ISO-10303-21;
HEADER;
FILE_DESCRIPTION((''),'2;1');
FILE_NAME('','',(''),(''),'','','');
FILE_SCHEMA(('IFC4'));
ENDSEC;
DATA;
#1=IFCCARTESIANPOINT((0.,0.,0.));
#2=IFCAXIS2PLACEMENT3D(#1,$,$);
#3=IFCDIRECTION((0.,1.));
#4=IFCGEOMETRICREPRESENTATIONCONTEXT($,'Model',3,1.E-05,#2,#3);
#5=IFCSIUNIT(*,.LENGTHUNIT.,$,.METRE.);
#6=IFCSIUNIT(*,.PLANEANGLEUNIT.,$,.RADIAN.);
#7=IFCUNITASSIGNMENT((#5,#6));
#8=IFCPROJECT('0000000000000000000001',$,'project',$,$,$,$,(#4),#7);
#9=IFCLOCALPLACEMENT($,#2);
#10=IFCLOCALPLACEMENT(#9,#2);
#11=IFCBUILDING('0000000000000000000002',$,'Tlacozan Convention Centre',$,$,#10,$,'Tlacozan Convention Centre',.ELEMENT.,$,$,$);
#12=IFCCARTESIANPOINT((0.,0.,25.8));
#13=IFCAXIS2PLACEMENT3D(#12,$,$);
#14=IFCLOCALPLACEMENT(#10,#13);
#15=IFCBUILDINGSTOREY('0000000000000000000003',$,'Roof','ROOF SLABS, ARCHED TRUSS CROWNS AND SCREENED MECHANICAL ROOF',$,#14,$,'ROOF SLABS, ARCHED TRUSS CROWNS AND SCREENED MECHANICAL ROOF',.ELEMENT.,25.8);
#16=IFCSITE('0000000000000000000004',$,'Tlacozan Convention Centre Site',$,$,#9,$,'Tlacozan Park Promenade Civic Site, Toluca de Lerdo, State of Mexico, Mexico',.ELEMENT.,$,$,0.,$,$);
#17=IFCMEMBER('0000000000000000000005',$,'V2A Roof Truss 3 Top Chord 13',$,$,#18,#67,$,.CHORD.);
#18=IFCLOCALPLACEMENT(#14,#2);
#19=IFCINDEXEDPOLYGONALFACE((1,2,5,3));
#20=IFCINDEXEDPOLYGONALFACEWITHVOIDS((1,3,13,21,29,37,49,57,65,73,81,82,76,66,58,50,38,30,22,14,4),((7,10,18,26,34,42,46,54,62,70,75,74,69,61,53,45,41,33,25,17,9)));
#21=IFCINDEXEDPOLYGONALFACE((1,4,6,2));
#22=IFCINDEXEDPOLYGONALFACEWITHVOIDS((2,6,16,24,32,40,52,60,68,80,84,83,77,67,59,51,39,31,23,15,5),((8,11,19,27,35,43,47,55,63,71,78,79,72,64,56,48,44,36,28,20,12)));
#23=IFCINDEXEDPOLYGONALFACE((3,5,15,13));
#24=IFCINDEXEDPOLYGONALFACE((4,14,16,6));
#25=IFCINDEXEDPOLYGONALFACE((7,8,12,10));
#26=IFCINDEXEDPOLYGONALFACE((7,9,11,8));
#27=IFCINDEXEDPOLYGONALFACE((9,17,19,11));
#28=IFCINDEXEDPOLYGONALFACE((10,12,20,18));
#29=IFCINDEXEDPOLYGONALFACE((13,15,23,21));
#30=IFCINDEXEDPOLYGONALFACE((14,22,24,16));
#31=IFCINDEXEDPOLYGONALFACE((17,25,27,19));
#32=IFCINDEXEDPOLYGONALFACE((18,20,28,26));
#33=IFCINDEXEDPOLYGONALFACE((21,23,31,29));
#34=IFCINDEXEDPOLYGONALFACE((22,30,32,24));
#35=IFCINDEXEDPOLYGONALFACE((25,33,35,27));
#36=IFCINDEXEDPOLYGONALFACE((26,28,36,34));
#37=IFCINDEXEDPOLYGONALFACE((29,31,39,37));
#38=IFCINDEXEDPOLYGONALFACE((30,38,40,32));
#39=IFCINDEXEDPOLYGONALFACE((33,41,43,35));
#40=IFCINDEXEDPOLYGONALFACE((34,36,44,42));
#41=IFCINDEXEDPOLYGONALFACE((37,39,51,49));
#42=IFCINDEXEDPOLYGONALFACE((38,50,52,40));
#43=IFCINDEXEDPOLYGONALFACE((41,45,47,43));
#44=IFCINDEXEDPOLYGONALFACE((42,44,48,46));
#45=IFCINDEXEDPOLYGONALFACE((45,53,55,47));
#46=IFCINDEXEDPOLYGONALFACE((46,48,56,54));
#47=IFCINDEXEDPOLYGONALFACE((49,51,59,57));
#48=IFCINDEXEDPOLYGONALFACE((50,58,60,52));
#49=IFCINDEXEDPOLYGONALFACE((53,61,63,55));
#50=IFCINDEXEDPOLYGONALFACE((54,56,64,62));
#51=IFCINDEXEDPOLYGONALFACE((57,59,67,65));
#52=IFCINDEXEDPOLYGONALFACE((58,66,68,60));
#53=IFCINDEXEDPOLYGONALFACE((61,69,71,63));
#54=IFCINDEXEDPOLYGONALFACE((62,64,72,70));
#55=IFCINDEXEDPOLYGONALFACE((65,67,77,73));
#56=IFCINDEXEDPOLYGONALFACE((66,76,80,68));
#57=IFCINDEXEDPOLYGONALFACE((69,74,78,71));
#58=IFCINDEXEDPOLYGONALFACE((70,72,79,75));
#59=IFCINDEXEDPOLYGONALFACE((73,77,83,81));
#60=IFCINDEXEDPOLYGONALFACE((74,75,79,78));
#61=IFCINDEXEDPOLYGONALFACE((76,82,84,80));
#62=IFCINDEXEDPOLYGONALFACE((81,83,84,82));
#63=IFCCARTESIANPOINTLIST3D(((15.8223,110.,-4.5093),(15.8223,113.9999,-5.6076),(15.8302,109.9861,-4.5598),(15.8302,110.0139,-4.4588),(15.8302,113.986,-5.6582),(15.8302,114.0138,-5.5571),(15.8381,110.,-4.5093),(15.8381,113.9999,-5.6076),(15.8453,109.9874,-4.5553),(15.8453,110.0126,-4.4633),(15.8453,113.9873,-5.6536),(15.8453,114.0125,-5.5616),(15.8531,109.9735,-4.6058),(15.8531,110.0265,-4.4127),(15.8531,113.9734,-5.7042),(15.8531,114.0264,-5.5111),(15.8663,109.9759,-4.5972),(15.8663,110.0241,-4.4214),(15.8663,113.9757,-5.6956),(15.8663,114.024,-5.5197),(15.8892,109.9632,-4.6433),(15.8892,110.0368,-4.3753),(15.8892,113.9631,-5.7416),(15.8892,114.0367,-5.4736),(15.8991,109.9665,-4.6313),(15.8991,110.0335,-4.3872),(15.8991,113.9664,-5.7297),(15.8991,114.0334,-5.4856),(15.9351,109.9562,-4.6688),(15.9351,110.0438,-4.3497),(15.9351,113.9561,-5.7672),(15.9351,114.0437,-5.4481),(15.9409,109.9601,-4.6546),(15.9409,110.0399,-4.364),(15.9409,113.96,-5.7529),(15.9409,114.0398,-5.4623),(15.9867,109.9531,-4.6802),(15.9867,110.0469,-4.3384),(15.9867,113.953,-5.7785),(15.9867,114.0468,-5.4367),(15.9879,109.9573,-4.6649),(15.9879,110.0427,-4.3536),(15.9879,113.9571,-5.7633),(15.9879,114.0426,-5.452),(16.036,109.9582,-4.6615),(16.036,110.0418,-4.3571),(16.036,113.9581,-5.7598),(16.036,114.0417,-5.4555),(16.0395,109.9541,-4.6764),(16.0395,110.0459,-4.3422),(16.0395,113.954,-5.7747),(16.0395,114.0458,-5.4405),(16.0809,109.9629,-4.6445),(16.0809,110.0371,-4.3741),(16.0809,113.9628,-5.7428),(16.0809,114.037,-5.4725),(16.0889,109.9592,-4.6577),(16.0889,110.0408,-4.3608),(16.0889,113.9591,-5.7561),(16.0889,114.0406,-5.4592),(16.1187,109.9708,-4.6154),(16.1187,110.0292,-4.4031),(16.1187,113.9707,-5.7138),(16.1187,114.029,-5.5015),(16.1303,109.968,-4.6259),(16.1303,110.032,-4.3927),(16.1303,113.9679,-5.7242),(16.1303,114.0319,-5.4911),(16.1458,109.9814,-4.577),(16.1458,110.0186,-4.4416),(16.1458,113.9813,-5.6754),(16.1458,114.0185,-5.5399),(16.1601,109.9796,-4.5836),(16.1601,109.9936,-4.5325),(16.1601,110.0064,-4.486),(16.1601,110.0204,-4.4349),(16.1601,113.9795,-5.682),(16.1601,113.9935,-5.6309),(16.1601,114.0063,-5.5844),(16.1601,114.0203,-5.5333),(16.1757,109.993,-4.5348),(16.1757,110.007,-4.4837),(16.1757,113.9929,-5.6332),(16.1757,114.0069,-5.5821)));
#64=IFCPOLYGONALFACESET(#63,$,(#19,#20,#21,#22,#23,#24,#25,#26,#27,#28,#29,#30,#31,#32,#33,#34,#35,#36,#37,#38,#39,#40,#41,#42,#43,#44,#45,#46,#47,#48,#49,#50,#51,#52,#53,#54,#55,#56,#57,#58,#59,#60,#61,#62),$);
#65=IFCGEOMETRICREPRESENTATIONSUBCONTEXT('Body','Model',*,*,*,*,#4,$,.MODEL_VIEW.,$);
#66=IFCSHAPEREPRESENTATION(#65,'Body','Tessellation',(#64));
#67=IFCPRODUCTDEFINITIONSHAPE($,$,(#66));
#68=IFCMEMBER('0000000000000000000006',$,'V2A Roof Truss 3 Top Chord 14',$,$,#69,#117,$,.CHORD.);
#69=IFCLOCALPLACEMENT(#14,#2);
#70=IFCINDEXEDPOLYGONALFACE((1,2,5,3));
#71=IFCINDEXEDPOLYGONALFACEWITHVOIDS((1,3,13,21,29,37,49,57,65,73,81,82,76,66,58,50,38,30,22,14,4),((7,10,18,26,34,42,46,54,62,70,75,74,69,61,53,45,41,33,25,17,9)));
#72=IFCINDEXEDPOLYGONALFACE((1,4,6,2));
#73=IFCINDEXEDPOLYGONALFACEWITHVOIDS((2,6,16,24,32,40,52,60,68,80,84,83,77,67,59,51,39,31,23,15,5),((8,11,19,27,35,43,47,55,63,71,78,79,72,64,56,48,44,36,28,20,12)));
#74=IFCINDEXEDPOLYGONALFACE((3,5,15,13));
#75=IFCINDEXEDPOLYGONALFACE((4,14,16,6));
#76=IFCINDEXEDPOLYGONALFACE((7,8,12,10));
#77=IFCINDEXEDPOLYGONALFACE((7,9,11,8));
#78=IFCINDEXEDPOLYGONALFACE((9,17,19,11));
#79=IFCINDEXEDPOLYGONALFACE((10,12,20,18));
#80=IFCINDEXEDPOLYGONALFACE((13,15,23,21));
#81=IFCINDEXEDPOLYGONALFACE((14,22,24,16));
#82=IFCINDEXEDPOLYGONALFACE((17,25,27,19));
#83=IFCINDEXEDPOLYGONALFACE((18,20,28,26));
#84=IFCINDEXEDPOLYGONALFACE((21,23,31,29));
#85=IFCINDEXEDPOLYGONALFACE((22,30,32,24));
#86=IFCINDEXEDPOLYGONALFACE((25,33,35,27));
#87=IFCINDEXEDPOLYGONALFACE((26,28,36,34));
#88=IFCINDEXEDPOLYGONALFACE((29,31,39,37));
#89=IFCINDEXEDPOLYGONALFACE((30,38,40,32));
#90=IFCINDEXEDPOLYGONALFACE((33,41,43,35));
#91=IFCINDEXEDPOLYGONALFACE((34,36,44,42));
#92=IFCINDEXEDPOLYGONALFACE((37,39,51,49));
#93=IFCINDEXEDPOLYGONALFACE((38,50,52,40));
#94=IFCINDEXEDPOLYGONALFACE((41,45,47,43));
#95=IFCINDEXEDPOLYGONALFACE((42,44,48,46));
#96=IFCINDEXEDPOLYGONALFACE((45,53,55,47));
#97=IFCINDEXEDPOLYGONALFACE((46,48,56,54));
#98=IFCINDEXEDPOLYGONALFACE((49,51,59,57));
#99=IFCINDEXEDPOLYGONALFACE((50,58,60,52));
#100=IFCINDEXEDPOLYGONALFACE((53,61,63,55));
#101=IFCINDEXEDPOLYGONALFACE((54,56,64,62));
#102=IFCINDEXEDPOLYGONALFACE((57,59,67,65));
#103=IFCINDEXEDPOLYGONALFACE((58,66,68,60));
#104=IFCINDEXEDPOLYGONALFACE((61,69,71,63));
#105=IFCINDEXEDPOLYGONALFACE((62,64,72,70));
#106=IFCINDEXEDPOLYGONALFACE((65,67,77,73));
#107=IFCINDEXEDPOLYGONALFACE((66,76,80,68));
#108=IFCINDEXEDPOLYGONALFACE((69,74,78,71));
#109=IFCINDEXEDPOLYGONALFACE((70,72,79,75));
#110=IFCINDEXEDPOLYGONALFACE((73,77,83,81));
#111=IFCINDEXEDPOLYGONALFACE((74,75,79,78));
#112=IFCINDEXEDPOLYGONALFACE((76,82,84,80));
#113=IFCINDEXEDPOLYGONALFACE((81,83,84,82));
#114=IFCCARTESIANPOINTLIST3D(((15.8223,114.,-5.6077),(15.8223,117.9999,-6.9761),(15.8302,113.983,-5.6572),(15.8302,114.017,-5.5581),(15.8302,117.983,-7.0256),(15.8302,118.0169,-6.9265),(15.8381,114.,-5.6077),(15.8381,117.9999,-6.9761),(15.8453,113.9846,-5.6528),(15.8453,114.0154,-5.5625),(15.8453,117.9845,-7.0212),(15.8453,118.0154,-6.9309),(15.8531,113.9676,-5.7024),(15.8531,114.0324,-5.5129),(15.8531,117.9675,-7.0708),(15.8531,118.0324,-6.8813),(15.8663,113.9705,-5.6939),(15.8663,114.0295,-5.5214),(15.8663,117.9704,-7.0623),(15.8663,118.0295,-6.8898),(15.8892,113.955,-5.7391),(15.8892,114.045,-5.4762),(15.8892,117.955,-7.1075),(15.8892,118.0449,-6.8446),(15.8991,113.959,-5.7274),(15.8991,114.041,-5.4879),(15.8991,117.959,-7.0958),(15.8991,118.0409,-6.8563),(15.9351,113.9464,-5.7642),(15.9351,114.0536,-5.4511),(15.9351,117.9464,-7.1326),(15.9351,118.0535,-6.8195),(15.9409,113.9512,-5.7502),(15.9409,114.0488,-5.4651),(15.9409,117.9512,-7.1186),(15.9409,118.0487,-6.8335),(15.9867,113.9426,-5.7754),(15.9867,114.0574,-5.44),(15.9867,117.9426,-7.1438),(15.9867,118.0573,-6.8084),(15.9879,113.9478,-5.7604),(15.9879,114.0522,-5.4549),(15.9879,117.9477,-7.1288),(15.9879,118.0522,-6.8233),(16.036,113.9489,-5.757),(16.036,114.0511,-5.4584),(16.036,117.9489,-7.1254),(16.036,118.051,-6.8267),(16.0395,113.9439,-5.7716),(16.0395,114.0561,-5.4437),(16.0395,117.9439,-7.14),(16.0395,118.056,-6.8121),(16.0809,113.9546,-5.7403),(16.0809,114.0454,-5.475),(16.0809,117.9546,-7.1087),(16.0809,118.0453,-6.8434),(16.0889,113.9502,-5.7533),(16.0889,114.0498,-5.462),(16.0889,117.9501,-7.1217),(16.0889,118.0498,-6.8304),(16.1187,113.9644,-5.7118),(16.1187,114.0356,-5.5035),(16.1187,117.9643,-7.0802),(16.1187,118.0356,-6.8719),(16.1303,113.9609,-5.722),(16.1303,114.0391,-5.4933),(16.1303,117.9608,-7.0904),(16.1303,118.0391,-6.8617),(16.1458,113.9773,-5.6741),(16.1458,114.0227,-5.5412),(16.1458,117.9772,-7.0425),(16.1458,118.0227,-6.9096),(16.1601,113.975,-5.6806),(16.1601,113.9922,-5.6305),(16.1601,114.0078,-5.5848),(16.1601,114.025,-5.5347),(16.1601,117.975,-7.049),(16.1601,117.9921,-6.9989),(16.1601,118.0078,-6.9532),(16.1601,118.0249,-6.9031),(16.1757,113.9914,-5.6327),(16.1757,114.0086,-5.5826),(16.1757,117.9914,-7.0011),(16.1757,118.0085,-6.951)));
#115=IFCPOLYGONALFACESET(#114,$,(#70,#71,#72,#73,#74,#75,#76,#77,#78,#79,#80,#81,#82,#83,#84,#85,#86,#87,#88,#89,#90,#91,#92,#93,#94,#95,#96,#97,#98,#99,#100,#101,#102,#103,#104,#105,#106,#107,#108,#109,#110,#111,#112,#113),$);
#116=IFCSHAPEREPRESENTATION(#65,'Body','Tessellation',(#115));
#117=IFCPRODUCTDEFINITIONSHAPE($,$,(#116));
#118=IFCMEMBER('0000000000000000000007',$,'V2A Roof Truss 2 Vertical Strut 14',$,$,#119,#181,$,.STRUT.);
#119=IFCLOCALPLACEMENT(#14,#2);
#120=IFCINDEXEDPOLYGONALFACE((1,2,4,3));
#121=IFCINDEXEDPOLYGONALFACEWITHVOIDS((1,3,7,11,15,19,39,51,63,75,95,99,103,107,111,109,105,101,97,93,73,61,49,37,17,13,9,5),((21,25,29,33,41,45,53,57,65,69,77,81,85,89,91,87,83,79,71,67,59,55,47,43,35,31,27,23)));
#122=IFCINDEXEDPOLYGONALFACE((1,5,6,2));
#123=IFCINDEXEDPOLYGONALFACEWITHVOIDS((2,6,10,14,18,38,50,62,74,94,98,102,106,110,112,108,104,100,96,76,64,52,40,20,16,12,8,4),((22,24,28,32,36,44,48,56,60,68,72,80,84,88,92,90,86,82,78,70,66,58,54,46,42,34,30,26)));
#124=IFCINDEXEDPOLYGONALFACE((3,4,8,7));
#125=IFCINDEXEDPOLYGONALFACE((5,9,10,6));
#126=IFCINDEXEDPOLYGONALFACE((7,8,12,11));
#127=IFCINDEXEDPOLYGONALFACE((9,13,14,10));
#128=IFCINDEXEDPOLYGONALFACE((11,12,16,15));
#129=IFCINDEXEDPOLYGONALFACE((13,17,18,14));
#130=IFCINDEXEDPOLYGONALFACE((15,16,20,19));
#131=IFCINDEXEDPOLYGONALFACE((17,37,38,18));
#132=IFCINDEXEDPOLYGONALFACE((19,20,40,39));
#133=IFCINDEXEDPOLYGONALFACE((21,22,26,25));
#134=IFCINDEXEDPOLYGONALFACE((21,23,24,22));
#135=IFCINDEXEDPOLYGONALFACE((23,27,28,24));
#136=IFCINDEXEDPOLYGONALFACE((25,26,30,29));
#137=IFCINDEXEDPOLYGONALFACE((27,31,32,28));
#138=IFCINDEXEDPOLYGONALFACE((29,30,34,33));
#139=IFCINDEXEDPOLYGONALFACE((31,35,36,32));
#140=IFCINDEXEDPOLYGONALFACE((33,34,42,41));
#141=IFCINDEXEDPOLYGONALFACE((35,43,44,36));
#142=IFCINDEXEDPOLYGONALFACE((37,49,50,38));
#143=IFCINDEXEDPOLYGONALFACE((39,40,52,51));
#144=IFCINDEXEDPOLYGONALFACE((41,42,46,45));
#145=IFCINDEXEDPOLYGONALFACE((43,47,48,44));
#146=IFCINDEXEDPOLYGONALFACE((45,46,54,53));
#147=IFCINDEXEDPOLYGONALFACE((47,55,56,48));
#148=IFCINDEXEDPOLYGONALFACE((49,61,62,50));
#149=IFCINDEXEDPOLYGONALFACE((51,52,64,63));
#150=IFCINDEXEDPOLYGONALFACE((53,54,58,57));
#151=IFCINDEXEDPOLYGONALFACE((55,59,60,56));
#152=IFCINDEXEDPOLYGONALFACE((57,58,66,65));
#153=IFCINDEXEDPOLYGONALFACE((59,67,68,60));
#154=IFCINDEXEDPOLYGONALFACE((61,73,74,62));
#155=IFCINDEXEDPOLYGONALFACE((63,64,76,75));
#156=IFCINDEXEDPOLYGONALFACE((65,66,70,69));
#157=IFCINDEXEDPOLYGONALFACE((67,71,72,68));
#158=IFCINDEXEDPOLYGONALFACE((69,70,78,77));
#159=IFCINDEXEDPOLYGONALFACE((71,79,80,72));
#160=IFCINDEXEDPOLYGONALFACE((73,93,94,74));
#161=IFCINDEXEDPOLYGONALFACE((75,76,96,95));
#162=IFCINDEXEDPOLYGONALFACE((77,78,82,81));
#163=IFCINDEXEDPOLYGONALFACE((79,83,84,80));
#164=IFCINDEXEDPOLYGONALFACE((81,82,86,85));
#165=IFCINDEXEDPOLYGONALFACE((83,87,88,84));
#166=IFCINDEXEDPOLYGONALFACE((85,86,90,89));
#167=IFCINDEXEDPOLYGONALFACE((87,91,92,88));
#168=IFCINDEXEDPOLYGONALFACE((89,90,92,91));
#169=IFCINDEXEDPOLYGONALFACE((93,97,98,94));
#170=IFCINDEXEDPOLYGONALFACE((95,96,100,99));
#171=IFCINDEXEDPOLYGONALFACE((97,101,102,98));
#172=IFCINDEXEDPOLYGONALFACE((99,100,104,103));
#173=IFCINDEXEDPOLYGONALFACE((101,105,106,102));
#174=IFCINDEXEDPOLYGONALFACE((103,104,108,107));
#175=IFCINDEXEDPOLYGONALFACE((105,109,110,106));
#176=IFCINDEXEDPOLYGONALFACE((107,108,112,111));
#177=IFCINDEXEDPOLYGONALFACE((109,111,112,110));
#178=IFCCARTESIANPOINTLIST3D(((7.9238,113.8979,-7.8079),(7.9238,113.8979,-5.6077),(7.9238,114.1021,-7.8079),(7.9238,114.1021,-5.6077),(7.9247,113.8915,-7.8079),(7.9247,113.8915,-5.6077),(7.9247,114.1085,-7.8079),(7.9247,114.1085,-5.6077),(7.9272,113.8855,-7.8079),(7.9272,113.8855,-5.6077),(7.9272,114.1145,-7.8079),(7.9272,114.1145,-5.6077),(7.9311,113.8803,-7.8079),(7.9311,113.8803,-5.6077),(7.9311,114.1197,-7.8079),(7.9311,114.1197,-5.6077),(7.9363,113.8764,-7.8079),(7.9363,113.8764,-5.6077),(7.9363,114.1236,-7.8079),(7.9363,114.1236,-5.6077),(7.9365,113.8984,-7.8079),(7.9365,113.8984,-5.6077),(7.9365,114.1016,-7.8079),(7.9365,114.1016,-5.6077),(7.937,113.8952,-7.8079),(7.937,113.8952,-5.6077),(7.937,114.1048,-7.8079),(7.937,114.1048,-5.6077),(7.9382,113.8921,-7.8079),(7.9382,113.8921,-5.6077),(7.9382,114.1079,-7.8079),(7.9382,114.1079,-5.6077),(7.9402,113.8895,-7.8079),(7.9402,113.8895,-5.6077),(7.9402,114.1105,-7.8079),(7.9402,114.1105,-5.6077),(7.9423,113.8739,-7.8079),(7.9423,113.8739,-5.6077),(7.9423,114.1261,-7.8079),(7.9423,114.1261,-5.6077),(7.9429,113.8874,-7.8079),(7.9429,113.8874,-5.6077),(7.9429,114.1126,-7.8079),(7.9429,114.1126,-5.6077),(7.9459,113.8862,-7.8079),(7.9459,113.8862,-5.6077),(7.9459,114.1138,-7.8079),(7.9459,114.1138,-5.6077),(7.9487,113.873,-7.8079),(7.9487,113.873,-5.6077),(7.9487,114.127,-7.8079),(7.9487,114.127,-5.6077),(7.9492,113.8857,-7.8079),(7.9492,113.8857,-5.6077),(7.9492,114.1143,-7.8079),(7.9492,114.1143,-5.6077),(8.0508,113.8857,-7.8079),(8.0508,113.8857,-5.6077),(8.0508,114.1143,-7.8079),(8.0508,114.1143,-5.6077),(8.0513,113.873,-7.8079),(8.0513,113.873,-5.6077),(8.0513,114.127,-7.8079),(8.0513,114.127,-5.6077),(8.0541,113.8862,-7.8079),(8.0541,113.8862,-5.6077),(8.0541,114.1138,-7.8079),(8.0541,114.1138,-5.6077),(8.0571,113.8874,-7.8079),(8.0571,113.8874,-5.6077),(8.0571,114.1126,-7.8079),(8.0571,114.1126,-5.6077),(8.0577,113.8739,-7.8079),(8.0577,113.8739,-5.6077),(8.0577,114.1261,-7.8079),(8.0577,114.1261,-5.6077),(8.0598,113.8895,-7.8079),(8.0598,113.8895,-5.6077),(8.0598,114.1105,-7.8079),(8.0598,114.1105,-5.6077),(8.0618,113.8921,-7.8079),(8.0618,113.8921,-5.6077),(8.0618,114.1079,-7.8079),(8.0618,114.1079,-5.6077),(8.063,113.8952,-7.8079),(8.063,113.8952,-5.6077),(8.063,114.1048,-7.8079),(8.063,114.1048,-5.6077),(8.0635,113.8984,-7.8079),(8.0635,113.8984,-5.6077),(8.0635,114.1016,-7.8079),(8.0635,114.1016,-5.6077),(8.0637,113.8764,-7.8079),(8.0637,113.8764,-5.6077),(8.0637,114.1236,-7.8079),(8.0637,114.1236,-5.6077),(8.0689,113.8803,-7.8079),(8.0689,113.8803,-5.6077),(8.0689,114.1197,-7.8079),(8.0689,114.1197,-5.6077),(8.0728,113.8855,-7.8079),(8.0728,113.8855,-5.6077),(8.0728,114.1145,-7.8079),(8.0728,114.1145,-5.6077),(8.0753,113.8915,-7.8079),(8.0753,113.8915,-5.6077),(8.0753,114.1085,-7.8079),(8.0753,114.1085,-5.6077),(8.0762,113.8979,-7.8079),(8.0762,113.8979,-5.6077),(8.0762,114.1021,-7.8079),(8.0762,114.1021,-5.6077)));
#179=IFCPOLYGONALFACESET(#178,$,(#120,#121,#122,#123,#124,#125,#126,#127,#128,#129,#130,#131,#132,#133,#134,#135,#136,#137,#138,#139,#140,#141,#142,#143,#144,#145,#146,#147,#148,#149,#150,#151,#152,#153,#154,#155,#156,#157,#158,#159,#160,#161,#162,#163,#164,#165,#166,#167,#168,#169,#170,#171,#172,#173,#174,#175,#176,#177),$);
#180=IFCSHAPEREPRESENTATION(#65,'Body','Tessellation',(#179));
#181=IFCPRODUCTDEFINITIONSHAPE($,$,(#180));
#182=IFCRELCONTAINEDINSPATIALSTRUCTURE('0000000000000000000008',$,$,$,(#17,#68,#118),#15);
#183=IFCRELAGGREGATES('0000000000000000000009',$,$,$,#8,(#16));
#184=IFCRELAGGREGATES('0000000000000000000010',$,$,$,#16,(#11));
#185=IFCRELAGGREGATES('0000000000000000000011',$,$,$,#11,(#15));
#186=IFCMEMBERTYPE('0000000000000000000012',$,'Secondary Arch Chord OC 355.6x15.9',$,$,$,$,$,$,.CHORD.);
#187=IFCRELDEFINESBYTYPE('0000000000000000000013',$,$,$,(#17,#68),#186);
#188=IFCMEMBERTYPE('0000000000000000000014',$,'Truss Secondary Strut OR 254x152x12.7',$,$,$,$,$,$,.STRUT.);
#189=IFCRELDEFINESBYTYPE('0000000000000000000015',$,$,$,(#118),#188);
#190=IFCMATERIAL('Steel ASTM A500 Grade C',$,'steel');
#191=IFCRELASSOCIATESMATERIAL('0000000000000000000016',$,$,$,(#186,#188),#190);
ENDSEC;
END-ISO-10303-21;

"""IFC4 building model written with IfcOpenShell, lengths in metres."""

from ifc_helpers import new_model, si_unit, direction, frame, origin, origin_2d, place, context, subcontext, project, spatial, hollow_rectangle, hollow_circle, extrude, material, material_profile, profile_set, type_object, element, save


model = new_model("IFC4")

# Units and contexts
model_context = context("Model", 3, precision=1e-05, world=origin(), true_north=direction((0.0, 1.0)))
body_context = subcontext(model_context, "Body", "Model", "MODEL_VIEW")
ifc_project = project(units=[si_unit("LENGTHUNIT", "METRE"), si_unit("PLANEANGLEUNIT", "RADIAN")], contexts=[model_context])

# Site, building, storey
site_placement = place(None, origin())
site = spatial("IfcSite", under=ifc_project, at=site_placement, Name="Tlacozan Convention Centre Site", LongName="Tlacozan Park Promenade Civic Site, Toluca de Lerdo, State of Mexico, Mexico", CompositionType="ELEMENT", RefElevation=0.0)
building_placement = place(site_placement, origin())
building = spatial("IfcBuilding", under=site, at=building_placement, Name="Tlacozan Convention Centre", LongName="Tlacozan Convention Centre", CompositionType="ELEMENT")
storey_placement = place(building_placement, frame((0.0, 0.0, 25.8)))
storey = spatial("IfcBuildingStorey", under=building, at=storey_placement, Name="Roof", Description="ROOF SLABS, ARCHED TRUSS CROWNS AND SCREENED MECHANICAL ROOF", LongName="ROOF SLABS, ARCHED TRUSS CROWNS AND SCREENED MECHANICAL ROOF", CompositionType="ELEMENT", Elevation=25.8)

# Members
ifc_material_1 = material(Name="Steel ASTM A500 Grade C", Category="steel")
ifc_material_profile_1 = material_profile(ifc_material_1, hollow_circle(Radius=0.1777, WallThickness=0.0159, at=origin_2d()), Name="OC 355.6x15.9")
ifc_profile_set_1 = profile_set([ifc_material_profile_1], Name="Steel ASTM A500 Grade C")
member_type_1 = type_object("IfcMemberType", Name="Secondary Arch Chord OC 355.6x15.9", PredefinedType="CHORD", material=ifc_profile_set_1)
member_1_placement = place(storey_placement, frame((16.0, 110.0, -4.5093), z_axis=(0.0, 0.964305, -0.264795), x_axis=(-1.0, 0.0, 0.0)))
element("IfcMember", 1, at=member_1_placement, inside=storey, type_object=member_type_1, Name="V2A Roof Truss 3 Top Chord 13", PredefinedType="CHORD", context=body_context, shape_type="SweptSolid", body=[
    extrude(hollow_circle(Radius=0.1777, WallThickness=0.0159, at=origin_2d()), origin(), (0.0, 0.0, 1.0), 4.1479),
])
member_2_placement = place(storey_placement, frame((16.0, 114.0, -5.6077), z_axis=(0.0, 0.946165, -0.323685), x_axis=(-1.0, 0.0, 0.0)))
element("IfcMember", 2, at=member_2_placement, inside=storey, type_object=member_type_1, Name="V2A Roof Truss 3 Top Chord 14", PredefinedType="CHORD", context=body_context, shape_type="SweptSolid", body=[
    extrude(hollow_circle(Radius=0.1777, WallThickness=0.0159, at=origin_2d()), origin(), (0.0, 0.0, 1.0), 4.2275),
])
ifc_material_profile_2 = material_profile(ifc_material_1, hollow_rectangle(XDim=0.1523, YDim=0.2539, WallThickness=0.0127, InnerFilletRadius=0.0127, OuterFilletRadius=0.0249, at=origin_2d()), Name="OR 254x152x12.7")
ifc_profile_set_2 = profile_set([ifc_material_profile_2], Name="Steel ASTM A500 Grade C")
member_type_2 = type_object("IfcMemberType", Name="Truss Secondary Strut OR 254x152x12.7", PredefinedType="STRUT", material=ifc_profile_set_2)
for number, where, z_axis, x_axis, name in (
    (3, (8.0, 114.0, -7.8079), (0.0, 0.0, 1.0), (1.0, 0.0, 0.0), "V2A Roof Truss 2 Vertical Strut 14"),
):
    element("IfcMember", number, at=place(storey_placement, frame(where, z_axis=z_axis, x_axis=x_axis)), inside=storey, type_object=member_type_2, Name=name, PredefinedType="STRUT", context=body_context, shape_type="SweptSolid", body=[
        extrude(hollow_rectangle(XDim=0.1523, YDim=0.2539, WallThickness=0.0127, InnerFilletRadius=0.0127, OuterFilletRadius=0.0249, at=origin_2d()), origin(), (0.0, 0.0, 1.0), 2.2002),
    ])

save(model, "model.ifc")
